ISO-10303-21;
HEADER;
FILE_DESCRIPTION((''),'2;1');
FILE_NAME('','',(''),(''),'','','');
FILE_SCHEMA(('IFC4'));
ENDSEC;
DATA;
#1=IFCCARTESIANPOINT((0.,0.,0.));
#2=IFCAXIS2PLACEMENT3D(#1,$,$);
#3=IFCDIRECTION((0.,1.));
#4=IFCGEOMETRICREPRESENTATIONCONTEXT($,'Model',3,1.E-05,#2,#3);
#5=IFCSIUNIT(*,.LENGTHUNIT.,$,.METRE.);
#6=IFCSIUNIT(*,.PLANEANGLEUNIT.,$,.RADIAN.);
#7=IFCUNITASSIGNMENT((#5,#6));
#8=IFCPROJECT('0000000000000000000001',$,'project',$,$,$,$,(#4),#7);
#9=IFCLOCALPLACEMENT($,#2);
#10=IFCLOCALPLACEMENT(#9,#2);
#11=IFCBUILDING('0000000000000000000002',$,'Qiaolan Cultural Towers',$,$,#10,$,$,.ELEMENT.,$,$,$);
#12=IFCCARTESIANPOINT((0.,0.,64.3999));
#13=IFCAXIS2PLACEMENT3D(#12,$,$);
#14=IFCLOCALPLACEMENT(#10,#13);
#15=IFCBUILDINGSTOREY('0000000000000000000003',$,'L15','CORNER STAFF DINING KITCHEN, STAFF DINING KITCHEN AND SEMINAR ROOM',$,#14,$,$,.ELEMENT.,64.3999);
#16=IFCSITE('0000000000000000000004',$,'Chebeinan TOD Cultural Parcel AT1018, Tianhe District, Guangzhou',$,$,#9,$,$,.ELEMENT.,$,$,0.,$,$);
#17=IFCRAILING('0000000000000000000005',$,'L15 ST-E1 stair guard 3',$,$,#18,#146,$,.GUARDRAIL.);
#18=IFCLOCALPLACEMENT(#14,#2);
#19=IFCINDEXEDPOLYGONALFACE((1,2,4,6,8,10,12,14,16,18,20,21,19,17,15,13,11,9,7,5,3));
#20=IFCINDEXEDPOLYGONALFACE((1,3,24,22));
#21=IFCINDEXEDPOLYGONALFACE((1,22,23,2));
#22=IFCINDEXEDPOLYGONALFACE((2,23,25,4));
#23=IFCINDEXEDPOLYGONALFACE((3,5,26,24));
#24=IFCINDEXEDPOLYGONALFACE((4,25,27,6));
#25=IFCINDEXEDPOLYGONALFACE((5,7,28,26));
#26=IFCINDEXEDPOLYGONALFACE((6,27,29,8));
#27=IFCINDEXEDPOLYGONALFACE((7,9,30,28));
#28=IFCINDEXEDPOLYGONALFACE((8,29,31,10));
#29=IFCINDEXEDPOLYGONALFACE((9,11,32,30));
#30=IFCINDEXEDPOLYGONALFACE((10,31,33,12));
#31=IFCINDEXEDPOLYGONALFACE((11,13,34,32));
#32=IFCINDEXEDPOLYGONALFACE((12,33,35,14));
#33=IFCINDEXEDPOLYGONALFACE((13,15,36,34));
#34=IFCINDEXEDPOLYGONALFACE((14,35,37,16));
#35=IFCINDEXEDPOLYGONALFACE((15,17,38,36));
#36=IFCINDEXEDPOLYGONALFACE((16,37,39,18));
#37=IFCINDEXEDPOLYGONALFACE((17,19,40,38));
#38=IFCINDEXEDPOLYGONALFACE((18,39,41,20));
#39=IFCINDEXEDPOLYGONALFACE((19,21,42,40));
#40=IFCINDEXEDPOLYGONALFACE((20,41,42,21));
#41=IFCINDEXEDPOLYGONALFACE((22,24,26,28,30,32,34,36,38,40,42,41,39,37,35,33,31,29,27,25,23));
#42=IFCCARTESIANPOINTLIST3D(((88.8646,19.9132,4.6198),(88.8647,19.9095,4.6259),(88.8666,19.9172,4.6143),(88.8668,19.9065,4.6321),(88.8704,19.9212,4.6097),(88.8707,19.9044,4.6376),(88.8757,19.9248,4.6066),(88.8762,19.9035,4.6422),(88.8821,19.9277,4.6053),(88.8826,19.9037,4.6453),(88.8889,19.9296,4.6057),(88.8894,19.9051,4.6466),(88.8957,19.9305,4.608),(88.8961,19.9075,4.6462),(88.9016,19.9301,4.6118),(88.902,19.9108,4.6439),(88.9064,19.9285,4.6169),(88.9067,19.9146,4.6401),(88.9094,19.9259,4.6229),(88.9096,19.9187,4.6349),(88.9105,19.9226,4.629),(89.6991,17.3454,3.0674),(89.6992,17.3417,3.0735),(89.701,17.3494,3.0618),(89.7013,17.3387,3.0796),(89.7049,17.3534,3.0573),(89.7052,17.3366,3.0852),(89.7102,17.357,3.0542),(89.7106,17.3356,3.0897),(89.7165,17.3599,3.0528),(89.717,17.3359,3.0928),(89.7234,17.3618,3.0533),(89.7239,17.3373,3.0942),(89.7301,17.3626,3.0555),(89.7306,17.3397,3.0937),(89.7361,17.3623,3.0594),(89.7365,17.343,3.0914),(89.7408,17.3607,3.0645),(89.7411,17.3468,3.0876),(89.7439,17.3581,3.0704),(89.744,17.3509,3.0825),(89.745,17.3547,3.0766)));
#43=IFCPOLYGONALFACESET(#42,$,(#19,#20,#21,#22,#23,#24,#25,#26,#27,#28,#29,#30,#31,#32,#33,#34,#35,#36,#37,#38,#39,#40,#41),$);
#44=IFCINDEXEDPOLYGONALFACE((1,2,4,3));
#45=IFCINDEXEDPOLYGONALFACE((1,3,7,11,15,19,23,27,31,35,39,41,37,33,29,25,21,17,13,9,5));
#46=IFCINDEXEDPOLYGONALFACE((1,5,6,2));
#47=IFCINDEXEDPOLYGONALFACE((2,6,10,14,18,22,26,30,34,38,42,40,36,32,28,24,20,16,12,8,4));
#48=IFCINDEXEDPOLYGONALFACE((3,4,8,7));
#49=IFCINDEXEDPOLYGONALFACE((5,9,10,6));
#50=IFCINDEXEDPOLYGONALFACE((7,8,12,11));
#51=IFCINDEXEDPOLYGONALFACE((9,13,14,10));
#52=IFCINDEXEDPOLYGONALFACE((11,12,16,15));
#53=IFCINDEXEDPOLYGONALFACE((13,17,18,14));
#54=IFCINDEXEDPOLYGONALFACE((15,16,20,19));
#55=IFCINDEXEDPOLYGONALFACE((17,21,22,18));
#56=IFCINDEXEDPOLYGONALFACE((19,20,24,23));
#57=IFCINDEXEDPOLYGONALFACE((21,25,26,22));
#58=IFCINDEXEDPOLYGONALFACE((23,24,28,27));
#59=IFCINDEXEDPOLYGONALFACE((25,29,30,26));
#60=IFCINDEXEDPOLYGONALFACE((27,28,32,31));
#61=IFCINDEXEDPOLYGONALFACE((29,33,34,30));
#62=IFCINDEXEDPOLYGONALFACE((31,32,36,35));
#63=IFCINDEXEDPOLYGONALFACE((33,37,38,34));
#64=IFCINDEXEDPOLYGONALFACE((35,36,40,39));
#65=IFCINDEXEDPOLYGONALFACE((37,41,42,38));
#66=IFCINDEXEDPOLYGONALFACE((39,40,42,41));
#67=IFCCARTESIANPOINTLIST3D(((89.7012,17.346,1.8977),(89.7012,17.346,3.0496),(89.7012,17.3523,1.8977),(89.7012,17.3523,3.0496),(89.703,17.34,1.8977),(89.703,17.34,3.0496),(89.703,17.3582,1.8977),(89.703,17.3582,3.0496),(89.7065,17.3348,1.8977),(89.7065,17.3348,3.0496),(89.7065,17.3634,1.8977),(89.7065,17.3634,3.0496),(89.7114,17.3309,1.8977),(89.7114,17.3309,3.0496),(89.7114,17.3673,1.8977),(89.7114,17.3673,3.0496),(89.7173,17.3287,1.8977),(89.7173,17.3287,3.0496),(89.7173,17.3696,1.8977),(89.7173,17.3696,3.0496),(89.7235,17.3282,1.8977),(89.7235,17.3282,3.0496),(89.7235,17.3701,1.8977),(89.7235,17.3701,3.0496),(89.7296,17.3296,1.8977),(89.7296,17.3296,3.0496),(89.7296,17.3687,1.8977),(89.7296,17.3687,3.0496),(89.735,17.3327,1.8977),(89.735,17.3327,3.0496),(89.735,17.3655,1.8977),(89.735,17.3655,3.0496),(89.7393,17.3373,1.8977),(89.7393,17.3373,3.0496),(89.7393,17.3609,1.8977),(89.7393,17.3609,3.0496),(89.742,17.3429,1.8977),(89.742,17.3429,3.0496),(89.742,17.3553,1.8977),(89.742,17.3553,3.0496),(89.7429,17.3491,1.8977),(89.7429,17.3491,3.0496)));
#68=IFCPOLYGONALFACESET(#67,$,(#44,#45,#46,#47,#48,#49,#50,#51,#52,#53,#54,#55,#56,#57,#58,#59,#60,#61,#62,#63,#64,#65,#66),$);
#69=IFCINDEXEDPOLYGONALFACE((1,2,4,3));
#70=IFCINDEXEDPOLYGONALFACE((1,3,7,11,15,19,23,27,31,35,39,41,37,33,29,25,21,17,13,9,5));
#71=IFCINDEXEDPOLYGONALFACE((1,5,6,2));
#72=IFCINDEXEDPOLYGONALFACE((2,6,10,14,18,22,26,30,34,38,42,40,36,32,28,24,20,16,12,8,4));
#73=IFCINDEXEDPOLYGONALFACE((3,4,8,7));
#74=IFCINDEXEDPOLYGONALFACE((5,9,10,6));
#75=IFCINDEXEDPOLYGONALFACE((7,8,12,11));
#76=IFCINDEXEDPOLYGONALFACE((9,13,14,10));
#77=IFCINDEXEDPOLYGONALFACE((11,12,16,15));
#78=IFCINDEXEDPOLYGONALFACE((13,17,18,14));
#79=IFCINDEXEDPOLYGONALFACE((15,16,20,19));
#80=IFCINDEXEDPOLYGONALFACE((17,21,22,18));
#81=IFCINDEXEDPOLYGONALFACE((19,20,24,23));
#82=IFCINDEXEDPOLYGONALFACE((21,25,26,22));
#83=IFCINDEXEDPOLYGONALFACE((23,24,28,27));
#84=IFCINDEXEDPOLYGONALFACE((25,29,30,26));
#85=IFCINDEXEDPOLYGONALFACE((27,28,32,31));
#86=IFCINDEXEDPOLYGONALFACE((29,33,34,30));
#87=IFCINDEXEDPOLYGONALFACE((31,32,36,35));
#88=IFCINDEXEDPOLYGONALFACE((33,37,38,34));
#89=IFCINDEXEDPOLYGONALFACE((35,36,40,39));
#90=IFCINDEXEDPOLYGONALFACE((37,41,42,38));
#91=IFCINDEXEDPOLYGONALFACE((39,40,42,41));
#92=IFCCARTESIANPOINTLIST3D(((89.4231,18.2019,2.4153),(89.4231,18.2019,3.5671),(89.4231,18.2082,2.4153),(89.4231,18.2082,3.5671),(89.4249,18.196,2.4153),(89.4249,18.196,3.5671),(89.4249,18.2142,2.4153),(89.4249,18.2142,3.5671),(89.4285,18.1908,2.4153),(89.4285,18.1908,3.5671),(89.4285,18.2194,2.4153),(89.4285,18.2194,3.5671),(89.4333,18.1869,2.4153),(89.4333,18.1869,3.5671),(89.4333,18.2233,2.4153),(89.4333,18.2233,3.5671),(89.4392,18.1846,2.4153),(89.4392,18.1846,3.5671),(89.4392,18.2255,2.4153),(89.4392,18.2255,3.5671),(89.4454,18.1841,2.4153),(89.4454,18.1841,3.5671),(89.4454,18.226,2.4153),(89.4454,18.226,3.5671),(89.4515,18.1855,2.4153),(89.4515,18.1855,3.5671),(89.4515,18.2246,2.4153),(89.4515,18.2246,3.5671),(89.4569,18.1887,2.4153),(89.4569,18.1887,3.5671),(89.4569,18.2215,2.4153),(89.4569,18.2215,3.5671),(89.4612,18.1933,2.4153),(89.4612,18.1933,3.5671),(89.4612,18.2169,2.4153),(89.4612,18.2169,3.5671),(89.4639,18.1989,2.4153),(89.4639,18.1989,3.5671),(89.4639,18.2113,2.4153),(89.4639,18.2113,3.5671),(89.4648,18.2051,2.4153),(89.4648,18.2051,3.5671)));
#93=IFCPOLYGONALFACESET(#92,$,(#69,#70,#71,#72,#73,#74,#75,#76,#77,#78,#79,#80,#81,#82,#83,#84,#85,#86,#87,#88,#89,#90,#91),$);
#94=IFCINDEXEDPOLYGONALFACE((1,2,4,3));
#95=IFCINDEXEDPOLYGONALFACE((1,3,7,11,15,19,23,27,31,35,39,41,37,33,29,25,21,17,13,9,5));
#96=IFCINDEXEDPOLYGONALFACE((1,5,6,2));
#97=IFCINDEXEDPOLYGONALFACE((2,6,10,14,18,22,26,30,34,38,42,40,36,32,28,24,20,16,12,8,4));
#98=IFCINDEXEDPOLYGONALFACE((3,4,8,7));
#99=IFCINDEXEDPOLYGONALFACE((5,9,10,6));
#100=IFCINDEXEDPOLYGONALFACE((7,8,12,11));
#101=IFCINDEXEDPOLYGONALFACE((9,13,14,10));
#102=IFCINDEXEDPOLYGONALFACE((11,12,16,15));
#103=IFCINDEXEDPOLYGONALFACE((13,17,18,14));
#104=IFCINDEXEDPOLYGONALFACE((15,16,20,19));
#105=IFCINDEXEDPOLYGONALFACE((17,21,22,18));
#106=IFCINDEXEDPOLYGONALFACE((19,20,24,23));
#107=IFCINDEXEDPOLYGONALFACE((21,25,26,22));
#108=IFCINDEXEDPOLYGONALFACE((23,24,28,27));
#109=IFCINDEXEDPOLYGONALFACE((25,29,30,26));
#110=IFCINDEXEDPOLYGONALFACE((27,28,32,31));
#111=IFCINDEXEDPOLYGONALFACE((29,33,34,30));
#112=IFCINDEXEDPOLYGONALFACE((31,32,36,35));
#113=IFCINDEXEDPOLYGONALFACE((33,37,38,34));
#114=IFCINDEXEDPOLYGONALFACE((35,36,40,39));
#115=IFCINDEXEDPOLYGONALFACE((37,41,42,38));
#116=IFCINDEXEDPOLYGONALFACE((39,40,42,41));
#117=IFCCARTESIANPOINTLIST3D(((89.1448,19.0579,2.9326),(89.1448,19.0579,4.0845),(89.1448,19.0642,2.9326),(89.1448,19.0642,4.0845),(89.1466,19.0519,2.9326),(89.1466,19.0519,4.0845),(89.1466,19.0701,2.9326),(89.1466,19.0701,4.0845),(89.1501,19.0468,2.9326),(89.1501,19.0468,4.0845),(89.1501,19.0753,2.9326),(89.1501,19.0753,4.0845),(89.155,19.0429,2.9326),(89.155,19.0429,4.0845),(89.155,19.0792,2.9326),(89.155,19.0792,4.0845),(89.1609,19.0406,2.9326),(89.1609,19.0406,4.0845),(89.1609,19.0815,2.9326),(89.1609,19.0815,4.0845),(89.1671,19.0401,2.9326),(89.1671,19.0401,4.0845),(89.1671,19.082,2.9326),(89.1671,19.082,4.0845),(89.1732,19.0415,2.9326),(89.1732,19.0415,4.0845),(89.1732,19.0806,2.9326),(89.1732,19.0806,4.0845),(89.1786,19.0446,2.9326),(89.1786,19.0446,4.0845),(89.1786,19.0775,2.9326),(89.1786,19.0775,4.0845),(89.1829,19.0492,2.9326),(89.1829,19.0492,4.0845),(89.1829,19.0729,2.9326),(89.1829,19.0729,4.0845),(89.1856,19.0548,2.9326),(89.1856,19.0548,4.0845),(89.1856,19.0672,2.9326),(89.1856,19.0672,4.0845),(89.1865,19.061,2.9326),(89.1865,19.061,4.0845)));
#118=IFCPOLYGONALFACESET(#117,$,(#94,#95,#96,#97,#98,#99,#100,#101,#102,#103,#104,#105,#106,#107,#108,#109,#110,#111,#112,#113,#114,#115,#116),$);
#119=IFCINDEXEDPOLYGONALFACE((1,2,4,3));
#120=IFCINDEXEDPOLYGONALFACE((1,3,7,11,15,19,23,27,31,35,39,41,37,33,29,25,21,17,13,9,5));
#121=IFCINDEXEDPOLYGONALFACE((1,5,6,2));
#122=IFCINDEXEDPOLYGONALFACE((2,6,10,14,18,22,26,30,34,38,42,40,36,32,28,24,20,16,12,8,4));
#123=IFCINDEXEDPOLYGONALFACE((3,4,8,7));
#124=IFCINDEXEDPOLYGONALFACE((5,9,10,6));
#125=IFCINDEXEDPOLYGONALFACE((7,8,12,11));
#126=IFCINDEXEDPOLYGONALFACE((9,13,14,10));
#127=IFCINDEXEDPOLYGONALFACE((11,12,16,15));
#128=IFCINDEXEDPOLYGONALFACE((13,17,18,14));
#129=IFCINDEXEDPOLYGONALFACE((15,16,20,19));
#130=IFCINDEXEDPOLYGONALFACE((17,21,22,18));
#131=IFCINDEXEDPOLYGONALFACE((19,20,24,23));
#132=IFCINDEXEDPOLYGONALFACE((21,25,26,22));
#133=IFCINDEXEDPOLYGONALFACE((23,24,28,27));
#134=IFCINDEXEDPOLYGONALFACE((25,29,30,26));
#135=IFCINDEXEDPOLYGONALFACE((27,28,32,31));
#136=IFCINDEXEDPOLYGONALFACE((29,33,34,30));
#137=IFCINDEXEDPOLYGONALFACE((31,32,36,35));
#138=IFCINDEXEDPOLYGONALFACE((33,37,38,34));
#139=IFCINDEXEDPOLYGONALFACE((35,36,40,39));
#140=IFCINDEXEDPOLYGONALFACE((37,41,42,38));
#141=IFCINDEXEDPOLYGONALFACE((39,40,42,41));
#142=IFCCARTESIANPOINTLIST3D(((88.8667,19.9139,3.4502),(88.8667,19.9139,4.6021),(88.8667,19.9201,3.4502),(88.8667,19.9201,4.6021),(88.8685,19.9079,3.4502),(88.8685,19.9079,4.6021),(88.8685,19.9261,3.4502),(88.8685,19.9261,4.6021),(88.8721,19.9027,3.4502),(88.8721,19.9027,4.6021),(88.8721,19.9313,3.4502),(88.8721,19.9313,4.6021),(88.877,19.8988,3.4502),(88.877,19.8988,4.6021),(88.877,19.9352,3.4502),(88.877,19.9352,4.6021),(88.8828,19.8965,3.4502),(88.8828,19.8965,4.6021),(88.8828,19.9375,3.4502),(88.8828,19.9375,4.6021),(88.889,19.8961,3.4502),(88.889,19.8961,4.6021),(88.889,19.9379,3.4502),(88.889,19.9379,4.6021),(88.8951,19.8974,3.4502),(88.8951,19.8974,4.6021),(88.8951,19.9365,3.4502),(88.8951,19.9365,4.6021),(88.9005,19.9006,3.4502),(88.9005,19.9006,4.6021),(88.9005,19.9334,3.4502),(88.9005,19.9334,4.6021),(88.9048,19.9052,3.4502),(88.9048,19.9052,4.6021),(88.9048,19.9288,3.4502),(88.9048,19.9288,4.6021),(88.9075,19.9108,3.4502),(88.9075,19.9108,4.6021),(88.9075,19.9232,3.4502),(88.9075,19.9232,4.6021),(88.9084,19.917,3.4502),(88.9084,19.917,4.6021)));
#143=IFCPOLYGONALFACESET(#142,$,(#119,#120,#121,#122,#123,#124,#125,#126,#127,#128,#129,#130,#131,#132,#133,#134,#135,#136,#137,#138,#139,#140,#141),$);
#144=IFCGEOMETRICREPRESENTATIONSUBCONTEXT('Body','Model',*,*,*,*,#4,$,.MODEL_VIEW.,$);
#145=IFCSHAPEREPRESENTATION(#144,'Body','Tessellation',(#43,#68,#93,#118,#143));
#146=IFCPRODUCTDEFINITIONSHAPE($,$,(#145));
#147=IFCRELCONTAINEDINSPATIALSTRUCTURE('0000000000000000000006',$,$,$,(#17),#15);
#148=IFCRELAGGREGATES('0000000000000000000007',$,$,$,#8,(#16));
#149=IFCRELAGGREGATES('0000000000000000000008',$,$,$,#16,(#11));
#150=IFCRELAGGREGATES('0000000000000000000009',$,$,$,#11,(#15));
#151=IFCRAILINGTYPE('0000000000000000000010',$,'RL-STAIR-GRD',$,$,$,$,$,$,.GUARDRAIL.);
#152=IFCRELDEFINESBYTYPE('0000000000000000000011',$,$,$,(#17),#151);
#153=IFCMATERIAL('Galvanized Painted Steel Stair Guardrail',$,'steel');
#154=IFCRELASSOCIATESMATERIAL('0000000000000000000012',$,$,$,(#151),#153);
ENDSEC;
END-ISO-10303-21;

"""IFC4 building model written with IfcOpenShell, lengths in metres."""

from ifc_helpers import new_model, si_unit, direction, frame, origin, origin_2d, place, context, subcontext, project, spatial, circle, extrude, material, type_object, element, save


model = new_model("IFC4")

# Units and contexts
model_context = context("Model", 3, precision=1e-05, world=origin(), true_north=direction((0.0, 1.0)))
body_context = subcontext(model_context, "Body", "Model", "MODEL_VIEW")
ifc_project = project(units=[si_unit("LENGTHUNIT", "METRE"), si_unit("PLANEANGLEUNIT", "RADIAN")], contexts=[model_context])

# Site, building, storey
site_placement = place(None, origin())
site = spatial("IfcSite", under=ifc_project, at=site_placement, Name="Chebeinan TOD Cultural Parcel AT1018, Tianhe District, Guangzhou", CompositionType="ELEMENT", RefElevation=0.0)
building_placement = place(site_placement, origin())
building = spatial("IfcBuilding", under=site, at=building_placement, Name="Qiaolan Cultural Towers", CompositionType="ELEMENT")
storey_placement = place(building_placement, frame((0.0, 0.0, 64.3999)))
storey = spatial("IfcBuildingStorey", under=building, at=storey_placement, Name="L15", Description="CORNER STAFF DINING KITCHEN, STAFF DINING KITCHEN AND SEMINAR ROOM", CompositionType="ELEMENT", Elevation=64.3999)

# Railing
ifc_material_1 = material(Name="Galvanized Painted Steel Stair Guardrail", Category="steel")
railing_type_1 = type_object("IfcRailingType", Name="RL-STAIR-GRD", PredefinedType="GUARDRAIL", material=ifc_material_1)
railing_1_placement = place(storey_placement, frame((89.7219, 17.3491, 1.8977)))
element("IfcRailing", 1, at=railing_1_placement, inside=storey, type_object=railing_type_1, Name="L15 ST-E1 stair guard 3", PredefinedType="GUARDRAIL", context=body_context, shape_type="SweptSolid", body=[
    extrude(circle(Radius=0.0239, at=origin_2d()), frame((0.0, 0.0, 1.1758), z_axis=(-0.267926, 0.824471, 0.498461), x_axis=(-0.951043, -0.309057, 0.0)), (0.0, 0.0, 1.0), 3.1145),
    extrude(circle(Radius=0.021, at=origin_2d()), origin(), (0.0, 0.0, 1.0), 1.1519),
    extrude(circle(Radius=0.021, at=origin_2d()), frame((-0.2781, 0.856, 0.5176)), (0.0, 0.0, 1.0), 1.1519),
    extrude(circle(Radius=0.021, at=origin_2d()), frame((-0.5564, 1.7119, 1.0349)), (0.0, 0.0, 1.0), 1.1519),
    extrude(circle(Radius=0.021, at=origin_2d()), frame((-0.8345, 2.5679, 1.5525)), (0.0, 0.0, 1.0), 1.1519),
])

save(model, "model.ifc")
